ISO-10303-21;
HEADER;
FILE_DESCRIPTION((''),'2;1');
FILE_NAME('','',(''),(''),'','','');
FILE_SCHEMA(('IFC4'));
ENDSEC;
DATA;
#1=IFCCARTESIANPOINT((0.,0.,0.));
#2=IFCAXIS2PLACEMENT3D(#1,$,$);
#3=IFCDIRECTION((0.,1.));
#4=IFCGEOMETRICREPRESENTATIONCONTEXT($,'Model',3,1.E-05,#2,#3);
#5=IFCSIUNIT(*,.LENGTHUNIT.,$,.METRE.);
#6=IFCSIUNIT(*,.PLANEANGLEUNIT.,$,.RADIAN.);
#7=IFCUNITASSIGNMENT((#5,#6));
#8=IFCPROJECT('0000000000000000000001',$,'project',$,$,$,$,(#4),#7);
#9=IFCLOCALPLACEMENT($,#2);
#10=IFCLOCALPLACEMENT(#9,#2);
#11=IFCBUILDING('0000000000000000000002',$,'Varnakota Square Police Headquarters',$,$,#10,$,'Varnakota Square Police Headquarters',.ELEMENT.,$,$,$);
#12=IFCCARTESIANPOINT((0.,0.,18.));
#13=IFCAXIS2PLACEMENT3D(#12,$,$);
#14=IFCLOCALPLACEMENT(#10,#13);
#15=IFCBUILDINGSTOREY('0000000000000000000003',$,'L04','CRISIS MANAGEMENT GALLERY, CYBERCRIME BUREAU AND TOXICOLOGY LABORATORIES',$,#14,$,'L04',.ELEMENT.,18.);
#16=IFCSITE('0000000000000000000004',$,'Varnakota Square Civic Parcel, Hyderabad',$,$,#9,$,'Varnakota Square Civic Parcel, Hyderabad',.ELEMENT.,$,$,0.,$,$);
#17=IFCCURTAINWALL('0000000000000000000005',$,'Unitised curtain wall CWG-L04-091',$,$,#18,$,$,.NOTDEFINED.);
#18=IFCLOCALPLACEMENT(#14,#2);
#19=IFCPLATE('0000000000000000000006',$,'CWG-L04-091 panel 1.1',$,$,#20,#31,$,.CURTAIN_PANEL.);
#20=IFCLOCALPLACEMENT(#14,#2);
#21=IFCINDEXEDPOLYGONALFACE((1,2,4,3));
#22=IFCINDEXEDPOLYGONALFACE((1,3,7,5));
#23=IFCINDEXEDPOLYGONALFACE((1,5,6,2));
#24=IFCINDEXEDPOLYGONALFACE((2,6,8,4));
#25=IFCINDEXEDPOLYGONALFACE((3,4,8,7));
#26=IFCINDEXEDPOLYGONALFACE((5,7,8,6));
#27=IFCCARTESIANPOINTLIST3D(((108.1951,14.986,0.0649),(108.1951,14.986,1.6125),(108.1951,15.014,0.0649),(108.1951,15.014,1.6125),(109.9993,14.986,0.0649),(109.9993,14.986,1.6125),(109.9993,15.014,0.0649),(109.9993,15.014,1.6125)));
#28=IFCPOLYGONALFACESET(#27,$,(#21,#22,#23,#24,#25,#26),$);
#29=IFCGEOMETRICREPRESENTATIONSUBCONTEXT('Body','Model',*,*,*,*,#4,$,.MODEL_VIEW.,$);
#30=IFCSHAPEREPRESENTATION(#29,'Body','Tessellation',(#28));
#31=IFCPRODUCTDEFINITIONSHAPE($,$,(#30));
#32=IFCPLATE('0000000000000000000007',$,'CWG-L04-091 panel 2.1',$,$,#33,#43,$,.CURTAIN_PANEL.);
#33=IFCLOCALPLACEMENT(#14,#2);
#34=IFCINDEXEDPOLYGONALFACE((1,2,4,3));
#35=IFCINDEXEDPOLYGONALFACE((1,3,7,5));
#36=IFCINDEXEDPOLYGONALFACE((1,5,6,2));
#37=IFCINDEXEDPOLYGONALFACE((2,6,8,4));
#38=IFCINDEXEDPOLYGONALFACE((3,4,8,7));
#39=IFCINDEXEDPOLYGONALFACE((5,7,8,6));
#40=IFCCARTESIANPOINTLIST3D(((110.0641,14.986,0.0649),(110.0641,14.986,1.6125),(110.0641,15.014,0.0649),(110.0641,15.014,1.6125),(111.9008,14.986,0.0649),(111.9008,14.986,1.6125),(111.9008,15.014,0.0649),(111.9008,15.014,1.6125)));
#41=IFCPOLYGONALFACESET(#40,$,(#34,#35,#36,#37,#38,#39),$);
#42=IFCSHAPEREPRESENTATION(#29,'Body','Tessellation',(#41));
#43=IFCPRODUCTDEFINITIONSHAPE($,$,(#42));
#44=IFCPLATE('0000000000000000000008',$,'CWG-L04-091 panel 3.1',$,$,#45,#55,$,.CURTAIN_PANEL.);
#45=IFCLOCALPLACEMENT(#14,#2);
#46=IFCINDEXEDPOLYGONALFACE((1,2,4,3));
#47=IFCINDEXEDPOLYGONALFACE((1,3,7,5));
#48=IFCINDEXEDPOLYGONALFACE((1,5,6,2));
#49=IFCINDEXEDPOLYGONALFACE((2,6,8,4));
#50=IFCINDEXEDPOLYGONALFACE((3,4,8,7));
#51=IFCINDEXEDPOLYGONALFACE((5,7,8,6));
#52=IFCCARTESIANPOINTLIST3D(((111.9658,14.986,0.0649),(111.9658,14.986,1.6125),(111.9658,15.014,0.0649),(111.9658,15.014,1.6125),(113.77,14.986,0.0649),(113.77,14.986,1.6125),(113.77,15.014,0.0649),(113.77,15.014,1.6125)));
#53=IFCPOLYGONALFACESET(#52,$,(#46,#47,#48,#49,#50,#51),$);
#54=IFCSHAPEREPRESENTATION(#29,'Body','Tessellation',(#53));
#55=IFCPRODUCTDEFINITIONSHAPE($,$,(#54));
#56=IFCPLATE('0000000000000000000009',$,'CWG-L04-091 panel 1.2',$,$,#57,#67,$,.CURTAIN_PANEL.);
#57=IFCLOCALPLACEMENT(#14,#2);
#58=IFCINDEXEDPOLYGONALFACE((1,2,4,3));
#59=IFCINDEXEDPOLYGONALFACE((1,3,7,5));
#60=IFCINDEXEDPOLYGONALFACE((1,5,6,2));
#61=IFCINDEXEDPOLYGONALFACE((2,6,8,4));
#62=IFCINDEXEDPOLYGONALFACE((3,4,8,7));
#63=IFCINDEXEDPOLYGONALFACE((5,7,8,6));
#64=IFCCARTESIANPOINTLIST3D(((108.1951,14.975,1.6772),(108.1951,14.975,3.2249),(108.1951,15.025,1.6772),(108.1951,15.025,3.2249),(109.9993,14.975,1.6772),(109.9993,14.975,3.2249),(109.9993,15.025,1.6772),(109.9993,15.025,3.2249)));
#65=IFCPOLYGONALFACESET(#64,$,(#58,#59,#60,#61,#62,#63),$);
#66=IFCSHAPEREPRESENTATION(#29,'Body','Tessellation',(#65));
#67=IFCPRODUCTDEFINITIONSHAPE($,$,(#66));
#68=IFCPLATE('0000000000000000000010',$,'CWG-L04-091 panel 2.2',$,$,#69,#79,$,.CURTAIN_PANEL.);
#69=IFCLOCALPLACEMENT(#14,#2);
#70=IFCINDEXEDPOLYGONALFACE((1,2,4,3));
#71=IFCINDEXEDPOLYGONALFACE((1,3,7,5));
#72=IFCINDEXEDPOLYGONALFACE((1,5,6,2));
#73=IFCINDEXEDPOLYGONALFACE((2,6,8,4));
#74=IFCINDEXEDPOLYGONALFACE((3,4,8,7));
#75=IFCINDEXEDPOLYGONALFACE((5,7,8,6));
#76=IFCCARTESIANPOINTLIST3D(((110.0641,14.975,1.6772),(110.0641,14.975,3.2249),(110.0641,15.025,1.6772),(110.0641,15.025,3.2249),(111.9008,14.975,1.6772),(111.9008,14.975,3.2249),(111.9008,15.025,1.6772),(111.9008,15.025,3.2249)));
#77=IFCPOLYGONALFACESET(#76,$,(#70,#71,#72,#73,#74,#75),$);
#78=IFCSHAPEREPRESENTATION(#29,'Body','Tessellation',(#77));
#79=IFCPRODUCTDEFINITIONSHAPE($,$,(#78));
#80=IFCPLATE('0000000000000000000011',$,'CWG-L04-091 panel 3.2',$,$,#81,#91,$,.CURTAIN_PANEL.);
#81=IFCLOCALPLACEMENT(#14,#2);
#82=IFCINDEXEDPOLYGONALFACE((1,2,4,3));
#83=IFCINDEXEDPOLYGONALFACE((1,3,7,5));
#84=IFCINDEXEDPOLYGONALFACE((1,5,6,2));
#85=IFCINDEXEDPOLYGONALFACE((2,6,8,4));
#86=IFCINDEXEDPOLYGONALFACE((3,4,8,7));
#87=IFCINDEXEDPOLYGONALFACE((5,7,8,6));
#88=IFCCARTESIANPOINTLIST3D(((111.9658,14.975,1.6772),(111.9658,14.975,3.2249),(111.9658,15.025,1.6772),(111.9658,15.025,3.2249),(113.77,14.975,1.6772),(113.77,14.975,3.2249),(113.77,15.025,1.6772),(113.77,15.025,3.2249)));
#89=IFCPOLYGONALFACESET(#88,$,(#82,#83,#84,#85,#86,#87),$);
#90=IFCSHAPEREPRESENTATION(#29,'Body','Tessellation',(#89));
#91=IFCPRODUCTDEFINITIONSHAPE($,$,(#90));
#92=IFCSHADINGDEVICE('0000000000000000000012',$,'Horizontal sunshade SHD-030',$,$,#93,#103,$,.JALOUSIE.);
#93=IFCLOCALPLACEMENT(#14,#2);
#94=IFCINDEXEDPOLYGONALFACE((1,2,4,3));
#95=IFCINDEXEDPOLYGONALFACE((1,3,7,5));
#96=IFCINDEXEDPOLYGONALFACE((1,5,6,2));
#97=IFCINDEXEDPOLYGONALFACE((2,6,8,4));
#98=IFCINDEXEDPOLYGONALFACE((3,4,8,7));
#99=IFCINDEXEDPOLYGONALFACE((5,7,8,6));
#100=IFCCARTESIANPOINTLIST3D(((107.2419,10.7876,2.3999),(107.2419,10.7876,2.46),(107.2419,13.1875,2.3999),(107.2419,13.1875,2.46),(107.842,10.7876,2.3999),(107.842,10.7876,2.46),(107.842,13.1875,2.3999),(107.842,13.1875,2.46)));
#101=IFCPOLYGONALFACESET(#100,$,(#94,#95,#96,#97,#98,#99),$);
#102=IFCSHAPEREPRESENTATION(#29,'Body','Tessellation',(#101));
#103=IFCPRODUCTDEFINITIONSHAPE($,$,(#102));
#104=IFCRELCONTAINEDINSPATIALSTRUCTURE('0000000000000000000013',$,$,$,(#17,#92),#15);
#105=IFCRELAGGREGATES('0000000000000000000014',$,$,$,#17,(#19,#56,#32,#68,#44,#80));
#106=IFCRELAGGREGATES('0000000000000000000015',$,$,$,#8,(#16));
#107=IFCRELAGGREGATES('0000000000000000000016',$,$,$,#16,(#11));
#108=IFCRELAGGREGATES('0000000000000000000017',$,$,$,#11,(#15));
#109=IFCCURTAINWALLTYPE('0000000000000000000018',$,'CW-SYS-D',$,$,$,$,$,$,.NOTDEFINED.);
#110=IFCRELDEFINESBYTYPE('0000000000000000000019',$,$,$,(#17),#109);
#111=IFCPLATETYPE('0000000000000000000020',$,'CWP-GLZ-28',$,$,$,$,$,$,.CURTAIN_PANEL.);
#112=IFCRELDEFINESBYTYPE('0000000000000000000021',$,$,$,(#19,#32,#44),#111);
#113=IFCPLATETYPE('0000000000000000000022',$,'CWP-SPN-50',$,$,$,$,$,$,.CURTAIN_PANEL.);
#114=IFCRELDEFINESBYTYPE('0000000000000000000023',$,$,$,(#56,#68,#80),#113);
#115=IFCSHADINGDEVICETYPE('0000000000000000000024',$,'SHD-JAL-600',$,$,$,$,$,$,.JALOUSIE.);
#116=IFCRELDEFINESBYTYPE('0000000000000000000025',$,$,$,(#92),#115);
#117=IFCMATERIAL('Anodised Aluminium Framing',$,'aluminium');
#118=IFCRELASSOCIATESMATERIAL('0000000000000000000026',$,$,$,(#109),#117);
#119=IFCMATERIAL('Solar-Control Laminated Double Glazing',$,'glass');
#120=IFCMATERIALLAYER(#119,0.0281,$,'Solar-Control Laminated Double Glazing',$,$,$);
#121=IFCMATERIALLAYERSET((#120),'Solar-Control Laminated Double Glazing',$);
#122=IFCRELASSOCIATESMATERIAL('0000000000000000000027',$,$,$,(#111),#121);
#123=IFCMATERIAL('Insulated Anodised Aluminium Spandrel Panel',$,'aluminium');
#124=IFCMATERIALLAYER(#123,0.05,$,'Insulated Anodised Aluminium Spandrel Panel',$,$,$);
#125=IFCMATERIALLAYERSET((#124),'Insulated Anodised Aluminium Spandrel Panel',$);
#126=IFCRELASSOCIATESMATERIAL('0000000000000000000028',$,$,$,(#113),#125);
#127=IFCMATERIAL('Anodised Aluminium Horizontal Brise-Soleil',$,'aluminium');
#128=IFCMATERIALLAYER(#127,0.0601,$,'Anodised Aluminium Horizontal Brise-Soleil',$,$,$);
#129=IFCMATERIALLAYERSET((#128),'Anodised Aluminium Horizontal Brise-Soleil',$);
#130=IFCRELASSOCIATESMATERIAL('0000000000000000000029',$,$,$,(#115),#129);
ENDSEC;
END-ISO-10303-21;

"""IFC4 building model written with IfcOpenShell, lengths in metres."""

from ifc_helpers import new_model, si_unit, direction, frame, origin, origin_2d, place, context, subcontext, project, spatial, rectangle, extrude, material, layer, layer_set, type_object, element, aggregate, save


model = new_model("IFC4")

# Units and contexts
model_context = context("Model", 3, precision=1e-05, world=origin(), true_north=direction((0.0, 1.0)))
body_context = subcontext(model_context, "Body", "Model", "MODEL_VIEW")
ifc_project = project(units=[si_unit("LENGTHUNIT", "METRE"), si_unit("PLANEANGLEUNIT", "RADIAN")], contexts=[model_context])

# Site, building, storey
site_placement = place(None, origin())
site = spatial("IfcSite", under=ifc_project, at=site_placement, Name="Varnakota Square Civic Parcel, Hyderabad", LongName="Varnakota Square Civic Parcel, Hyderabad", CompositionType="ELEMENT", RefElevation=0.0)
building_placement = place(site_placement, origin())
building = spatial("IfcBuilding", under=site, at=building_placement, Name="Varnakota Square Police Headquarters", LongName="Varnakota Square Police Headquarters", CompositionType="ELEMENT")
storey_placement = place(building_placement, frame((0.0, 0.0, 18.0)))
storey = spatial("IfcBuildingStorey", under=building, at=storey_placement, Name="L04", Description="CRISIS MANAGEMENT GALLERY, CYBERCRIME BUREAU AND TOXICOLOGY LABORATORIES", LongName="L04", CompositionType="ELEMENT", Elevation=18.0)

# Curtain wall
ifc_material_1 = material(Name="Anodised Aluminium Framing", Category="aluminium")
curtain_wall_type = type_object("IfcCurtainWallType", Name="CW-SYS-D", PredefinedType="NOTDEFINED", material=ifc_material_1)
curtain_wall_1_placement = place(storey_placement, origin())
curtain_wall_1 = element("IfcCurtainWall", 1, at=curtain_wall_1_placement, inside=storey, type_object=curtain_wall_type, Name="Unitised curtain wall CWG-L04-091", PredefinedType="NOTDEFINED")

# Plates
ifc_material_2 = material(Name="Solar-Control Laminated Double Glazing", Category="glass")
ifc_layer_1 = layer(ifc_material_2, 0.0281, Name="Solar-Control Laminated Double Glazing")
ifc_layer_set_1 = layer_set([ifc_layer_1], Name="Solar-Control Laminated Double Glazing")
plate_type_1 = type_object("IfcPlateType", Name="CWP-GLZ-28", PredefinedType="CURTAIN_PANEL", material=ifc_layer_set_1)
plate_1_placement = place(storey_placement, frame((109.0972, 15.0, 0.0649), z_axis=(0.0, 0.0, 1.0), x_axis=(1.0, 0.0, 0.0)))
plate_1 = element("IfcPlate", 2, at=plate_1_placement, type_object=plate_type_1, Name="CWG-L04-091 panel 1.1", PredefinedType="CURTAIN_PANEL", context=body_context, shape_type="SweptSolid", body=[
    extrude(rectangle(XDim=1.8042, YDim=0.0281, at=origin_2d()), origin(), (0.0, 0.0, 1.0), 1.5476),
])
plate_2_placement = place(storey_placement, frame((110.9824, 15.0, 0.0649), z_axis=(0.0, 0.0, 1.0), x_axis=(1.0, 0.0, 0.0)))
plate_2 = element("IfcPlate", 3, at=plate_2_placement, type_object=plate_type_1, Name="CWG-L04-091 panel 2.1", PredefinedType="CURTAIN_PANEL", context=body_context, shape_type="SweptSolid", body=[
    extrude(rectangle(XDim=1.8367, YDim=0.0281, at=origin_2d()), origin(), (0.0, 0.0, 1.0), 1.5476),
])
plate_3_placement = place(storey_placement, frame((112.8679, 15.0, 0.0649), z_axis=(0.0, 0.0, 1.0), x_axis=(1.0, 0.0, 0.0)))
plate_3 = element("IfcPlate", 4, at=plate_3_placement, type_object=plate_type_1, Name="CWG-L04-091 panel 3.1", PredefinedType="CURTAIN_PANEL", context=body_context, shape_type="SweptSolid", body=[
    extrude(rectangle(XDim=1.8042, YDim=0.0281, at=origin_2d()), origin(), (0.0, 0.0, 1.0), 1.5476),
])
ifc_material_3 = material(Name="Insulated Anodised Aluminium Spandrel Panel", Category="aluminium")
ifc_layer_2 = layer(ifc_material_3, 0.05, Name="Insulated Anodised Aluminium Spandrel Panel")
ifc_layer_set_2 = layer_set([ifc_layer_2], Name="Insulated Anodised Aluminium Spandrel Panel")
plate_type_2 = type_object("IfcPlateType", Name="CWP-SPN-50", PredefinedType="CURTAIN_PANEL", material=ifc_layer_set_2)
plate_4_placement = place(storey_placement, frame((109.0972, 15.0, 1.6772), z_axis=(0.0, 0.0, 1.0), x_axis=(1.0, 0.0, 0.0)))
plate_4 = element("IfcPlate", 5, at=plate_4_placement, type_object=plate_type_2, Name="CWG-L04-091 panel 1.2", PredefinedType="CURTAIN_PANEL", context=body_context, shape_type="SweptSolid", body=[
    extrude(rectangle(XDim=1.8042, YDim=0.05, at=origin_2d()), origin(), (0.0, 0.0, 1.0), 1.5476),
])
plate_5_placement = place(storey_placement, frame((110.9824, 15.0, 1.6772), z_axis=(0.0, 0.0, 1.0), x_axis=(1.0, 0.0, 0.0)))
plate_5 = element("IfcPlate", 6, at=plate_5_placement, type_object=plate_type_2, Name="CWG-L04-091 panel 2.2", PredefinedType="CURTAIN_PANEL", context=body_context, shape_type="SweptSolid", body=[
    extrude(rectangle(XDim=1.8367, YDim=0.05, at=origin_2d()), origin(), (0.0, 0.0, 1.0), 1.5476),
])
plate_6_placement = place(storey_placement, frame((112.8679, 15.0, 1.6772), z_axis=(0.0, 0.0, 1.0), x_axis=(1.0, 0.0, 0.0)))
plate_6 = element("IfcPlate", 7, at=plate_6_placement, type_object=plate_type_2, Name="CWG-L04-091 panel 3.2", PredefinedType="CURTAIN_PANEL", context=body_context, shape_type="SweptSolid", body=[
    extrude(rectangle(XDim=1.8042, YDim=0.05, at=origin_2d()), origin(), (0.0, 0.0, 1.0), 1.5476),
])
aggregate(curtain_wall_1, [plate_1, plate_4, plate_2, plate_5, plate_3, plate_6])

# Shading device
ifc_material_4 = material(Name="Anodised Aluminium Horizontal Brise-Soleil", Category="aluminium")
ifc_layer_3 = layer(ifc_material_4, 0.0601, Name="Anodised Aluminium Horizontal Brise-Soleil")
ifc_layer_set_3 = layer_set([ifc_layer_3], Name="Anodised Aluminium Horizontal Brise-Soleil")
shading_device_type = type_object("IfcShadingDeviceType", Name="SHD-JAL-600", PredefinedType="JALOUSIE", material=ifc_layer_set_3)
shading_device_placement = place(storey_placement, frame((107.542, 11.9875, 2.3999), z_axis=(0.0, 0.0, 1.0), x_axis=(0.0, 1.0, 0.0)))
element("IfcShadingDevice", 8, at=shading_device_placement, inside=storey, type_object=shading_device_type, Name="Horizontal sunshade SHD-030", PredefinedType="JALOUSIE", context=body_context, shape_type="SweptSolid", body=[
    extrude(rectangle(XDim=2.3999, YDim=0.6001, at=origin_2d()), origin(), (0.0, 0.0, 1.0), 0.0601),
])

save(model, "model.ifc")
